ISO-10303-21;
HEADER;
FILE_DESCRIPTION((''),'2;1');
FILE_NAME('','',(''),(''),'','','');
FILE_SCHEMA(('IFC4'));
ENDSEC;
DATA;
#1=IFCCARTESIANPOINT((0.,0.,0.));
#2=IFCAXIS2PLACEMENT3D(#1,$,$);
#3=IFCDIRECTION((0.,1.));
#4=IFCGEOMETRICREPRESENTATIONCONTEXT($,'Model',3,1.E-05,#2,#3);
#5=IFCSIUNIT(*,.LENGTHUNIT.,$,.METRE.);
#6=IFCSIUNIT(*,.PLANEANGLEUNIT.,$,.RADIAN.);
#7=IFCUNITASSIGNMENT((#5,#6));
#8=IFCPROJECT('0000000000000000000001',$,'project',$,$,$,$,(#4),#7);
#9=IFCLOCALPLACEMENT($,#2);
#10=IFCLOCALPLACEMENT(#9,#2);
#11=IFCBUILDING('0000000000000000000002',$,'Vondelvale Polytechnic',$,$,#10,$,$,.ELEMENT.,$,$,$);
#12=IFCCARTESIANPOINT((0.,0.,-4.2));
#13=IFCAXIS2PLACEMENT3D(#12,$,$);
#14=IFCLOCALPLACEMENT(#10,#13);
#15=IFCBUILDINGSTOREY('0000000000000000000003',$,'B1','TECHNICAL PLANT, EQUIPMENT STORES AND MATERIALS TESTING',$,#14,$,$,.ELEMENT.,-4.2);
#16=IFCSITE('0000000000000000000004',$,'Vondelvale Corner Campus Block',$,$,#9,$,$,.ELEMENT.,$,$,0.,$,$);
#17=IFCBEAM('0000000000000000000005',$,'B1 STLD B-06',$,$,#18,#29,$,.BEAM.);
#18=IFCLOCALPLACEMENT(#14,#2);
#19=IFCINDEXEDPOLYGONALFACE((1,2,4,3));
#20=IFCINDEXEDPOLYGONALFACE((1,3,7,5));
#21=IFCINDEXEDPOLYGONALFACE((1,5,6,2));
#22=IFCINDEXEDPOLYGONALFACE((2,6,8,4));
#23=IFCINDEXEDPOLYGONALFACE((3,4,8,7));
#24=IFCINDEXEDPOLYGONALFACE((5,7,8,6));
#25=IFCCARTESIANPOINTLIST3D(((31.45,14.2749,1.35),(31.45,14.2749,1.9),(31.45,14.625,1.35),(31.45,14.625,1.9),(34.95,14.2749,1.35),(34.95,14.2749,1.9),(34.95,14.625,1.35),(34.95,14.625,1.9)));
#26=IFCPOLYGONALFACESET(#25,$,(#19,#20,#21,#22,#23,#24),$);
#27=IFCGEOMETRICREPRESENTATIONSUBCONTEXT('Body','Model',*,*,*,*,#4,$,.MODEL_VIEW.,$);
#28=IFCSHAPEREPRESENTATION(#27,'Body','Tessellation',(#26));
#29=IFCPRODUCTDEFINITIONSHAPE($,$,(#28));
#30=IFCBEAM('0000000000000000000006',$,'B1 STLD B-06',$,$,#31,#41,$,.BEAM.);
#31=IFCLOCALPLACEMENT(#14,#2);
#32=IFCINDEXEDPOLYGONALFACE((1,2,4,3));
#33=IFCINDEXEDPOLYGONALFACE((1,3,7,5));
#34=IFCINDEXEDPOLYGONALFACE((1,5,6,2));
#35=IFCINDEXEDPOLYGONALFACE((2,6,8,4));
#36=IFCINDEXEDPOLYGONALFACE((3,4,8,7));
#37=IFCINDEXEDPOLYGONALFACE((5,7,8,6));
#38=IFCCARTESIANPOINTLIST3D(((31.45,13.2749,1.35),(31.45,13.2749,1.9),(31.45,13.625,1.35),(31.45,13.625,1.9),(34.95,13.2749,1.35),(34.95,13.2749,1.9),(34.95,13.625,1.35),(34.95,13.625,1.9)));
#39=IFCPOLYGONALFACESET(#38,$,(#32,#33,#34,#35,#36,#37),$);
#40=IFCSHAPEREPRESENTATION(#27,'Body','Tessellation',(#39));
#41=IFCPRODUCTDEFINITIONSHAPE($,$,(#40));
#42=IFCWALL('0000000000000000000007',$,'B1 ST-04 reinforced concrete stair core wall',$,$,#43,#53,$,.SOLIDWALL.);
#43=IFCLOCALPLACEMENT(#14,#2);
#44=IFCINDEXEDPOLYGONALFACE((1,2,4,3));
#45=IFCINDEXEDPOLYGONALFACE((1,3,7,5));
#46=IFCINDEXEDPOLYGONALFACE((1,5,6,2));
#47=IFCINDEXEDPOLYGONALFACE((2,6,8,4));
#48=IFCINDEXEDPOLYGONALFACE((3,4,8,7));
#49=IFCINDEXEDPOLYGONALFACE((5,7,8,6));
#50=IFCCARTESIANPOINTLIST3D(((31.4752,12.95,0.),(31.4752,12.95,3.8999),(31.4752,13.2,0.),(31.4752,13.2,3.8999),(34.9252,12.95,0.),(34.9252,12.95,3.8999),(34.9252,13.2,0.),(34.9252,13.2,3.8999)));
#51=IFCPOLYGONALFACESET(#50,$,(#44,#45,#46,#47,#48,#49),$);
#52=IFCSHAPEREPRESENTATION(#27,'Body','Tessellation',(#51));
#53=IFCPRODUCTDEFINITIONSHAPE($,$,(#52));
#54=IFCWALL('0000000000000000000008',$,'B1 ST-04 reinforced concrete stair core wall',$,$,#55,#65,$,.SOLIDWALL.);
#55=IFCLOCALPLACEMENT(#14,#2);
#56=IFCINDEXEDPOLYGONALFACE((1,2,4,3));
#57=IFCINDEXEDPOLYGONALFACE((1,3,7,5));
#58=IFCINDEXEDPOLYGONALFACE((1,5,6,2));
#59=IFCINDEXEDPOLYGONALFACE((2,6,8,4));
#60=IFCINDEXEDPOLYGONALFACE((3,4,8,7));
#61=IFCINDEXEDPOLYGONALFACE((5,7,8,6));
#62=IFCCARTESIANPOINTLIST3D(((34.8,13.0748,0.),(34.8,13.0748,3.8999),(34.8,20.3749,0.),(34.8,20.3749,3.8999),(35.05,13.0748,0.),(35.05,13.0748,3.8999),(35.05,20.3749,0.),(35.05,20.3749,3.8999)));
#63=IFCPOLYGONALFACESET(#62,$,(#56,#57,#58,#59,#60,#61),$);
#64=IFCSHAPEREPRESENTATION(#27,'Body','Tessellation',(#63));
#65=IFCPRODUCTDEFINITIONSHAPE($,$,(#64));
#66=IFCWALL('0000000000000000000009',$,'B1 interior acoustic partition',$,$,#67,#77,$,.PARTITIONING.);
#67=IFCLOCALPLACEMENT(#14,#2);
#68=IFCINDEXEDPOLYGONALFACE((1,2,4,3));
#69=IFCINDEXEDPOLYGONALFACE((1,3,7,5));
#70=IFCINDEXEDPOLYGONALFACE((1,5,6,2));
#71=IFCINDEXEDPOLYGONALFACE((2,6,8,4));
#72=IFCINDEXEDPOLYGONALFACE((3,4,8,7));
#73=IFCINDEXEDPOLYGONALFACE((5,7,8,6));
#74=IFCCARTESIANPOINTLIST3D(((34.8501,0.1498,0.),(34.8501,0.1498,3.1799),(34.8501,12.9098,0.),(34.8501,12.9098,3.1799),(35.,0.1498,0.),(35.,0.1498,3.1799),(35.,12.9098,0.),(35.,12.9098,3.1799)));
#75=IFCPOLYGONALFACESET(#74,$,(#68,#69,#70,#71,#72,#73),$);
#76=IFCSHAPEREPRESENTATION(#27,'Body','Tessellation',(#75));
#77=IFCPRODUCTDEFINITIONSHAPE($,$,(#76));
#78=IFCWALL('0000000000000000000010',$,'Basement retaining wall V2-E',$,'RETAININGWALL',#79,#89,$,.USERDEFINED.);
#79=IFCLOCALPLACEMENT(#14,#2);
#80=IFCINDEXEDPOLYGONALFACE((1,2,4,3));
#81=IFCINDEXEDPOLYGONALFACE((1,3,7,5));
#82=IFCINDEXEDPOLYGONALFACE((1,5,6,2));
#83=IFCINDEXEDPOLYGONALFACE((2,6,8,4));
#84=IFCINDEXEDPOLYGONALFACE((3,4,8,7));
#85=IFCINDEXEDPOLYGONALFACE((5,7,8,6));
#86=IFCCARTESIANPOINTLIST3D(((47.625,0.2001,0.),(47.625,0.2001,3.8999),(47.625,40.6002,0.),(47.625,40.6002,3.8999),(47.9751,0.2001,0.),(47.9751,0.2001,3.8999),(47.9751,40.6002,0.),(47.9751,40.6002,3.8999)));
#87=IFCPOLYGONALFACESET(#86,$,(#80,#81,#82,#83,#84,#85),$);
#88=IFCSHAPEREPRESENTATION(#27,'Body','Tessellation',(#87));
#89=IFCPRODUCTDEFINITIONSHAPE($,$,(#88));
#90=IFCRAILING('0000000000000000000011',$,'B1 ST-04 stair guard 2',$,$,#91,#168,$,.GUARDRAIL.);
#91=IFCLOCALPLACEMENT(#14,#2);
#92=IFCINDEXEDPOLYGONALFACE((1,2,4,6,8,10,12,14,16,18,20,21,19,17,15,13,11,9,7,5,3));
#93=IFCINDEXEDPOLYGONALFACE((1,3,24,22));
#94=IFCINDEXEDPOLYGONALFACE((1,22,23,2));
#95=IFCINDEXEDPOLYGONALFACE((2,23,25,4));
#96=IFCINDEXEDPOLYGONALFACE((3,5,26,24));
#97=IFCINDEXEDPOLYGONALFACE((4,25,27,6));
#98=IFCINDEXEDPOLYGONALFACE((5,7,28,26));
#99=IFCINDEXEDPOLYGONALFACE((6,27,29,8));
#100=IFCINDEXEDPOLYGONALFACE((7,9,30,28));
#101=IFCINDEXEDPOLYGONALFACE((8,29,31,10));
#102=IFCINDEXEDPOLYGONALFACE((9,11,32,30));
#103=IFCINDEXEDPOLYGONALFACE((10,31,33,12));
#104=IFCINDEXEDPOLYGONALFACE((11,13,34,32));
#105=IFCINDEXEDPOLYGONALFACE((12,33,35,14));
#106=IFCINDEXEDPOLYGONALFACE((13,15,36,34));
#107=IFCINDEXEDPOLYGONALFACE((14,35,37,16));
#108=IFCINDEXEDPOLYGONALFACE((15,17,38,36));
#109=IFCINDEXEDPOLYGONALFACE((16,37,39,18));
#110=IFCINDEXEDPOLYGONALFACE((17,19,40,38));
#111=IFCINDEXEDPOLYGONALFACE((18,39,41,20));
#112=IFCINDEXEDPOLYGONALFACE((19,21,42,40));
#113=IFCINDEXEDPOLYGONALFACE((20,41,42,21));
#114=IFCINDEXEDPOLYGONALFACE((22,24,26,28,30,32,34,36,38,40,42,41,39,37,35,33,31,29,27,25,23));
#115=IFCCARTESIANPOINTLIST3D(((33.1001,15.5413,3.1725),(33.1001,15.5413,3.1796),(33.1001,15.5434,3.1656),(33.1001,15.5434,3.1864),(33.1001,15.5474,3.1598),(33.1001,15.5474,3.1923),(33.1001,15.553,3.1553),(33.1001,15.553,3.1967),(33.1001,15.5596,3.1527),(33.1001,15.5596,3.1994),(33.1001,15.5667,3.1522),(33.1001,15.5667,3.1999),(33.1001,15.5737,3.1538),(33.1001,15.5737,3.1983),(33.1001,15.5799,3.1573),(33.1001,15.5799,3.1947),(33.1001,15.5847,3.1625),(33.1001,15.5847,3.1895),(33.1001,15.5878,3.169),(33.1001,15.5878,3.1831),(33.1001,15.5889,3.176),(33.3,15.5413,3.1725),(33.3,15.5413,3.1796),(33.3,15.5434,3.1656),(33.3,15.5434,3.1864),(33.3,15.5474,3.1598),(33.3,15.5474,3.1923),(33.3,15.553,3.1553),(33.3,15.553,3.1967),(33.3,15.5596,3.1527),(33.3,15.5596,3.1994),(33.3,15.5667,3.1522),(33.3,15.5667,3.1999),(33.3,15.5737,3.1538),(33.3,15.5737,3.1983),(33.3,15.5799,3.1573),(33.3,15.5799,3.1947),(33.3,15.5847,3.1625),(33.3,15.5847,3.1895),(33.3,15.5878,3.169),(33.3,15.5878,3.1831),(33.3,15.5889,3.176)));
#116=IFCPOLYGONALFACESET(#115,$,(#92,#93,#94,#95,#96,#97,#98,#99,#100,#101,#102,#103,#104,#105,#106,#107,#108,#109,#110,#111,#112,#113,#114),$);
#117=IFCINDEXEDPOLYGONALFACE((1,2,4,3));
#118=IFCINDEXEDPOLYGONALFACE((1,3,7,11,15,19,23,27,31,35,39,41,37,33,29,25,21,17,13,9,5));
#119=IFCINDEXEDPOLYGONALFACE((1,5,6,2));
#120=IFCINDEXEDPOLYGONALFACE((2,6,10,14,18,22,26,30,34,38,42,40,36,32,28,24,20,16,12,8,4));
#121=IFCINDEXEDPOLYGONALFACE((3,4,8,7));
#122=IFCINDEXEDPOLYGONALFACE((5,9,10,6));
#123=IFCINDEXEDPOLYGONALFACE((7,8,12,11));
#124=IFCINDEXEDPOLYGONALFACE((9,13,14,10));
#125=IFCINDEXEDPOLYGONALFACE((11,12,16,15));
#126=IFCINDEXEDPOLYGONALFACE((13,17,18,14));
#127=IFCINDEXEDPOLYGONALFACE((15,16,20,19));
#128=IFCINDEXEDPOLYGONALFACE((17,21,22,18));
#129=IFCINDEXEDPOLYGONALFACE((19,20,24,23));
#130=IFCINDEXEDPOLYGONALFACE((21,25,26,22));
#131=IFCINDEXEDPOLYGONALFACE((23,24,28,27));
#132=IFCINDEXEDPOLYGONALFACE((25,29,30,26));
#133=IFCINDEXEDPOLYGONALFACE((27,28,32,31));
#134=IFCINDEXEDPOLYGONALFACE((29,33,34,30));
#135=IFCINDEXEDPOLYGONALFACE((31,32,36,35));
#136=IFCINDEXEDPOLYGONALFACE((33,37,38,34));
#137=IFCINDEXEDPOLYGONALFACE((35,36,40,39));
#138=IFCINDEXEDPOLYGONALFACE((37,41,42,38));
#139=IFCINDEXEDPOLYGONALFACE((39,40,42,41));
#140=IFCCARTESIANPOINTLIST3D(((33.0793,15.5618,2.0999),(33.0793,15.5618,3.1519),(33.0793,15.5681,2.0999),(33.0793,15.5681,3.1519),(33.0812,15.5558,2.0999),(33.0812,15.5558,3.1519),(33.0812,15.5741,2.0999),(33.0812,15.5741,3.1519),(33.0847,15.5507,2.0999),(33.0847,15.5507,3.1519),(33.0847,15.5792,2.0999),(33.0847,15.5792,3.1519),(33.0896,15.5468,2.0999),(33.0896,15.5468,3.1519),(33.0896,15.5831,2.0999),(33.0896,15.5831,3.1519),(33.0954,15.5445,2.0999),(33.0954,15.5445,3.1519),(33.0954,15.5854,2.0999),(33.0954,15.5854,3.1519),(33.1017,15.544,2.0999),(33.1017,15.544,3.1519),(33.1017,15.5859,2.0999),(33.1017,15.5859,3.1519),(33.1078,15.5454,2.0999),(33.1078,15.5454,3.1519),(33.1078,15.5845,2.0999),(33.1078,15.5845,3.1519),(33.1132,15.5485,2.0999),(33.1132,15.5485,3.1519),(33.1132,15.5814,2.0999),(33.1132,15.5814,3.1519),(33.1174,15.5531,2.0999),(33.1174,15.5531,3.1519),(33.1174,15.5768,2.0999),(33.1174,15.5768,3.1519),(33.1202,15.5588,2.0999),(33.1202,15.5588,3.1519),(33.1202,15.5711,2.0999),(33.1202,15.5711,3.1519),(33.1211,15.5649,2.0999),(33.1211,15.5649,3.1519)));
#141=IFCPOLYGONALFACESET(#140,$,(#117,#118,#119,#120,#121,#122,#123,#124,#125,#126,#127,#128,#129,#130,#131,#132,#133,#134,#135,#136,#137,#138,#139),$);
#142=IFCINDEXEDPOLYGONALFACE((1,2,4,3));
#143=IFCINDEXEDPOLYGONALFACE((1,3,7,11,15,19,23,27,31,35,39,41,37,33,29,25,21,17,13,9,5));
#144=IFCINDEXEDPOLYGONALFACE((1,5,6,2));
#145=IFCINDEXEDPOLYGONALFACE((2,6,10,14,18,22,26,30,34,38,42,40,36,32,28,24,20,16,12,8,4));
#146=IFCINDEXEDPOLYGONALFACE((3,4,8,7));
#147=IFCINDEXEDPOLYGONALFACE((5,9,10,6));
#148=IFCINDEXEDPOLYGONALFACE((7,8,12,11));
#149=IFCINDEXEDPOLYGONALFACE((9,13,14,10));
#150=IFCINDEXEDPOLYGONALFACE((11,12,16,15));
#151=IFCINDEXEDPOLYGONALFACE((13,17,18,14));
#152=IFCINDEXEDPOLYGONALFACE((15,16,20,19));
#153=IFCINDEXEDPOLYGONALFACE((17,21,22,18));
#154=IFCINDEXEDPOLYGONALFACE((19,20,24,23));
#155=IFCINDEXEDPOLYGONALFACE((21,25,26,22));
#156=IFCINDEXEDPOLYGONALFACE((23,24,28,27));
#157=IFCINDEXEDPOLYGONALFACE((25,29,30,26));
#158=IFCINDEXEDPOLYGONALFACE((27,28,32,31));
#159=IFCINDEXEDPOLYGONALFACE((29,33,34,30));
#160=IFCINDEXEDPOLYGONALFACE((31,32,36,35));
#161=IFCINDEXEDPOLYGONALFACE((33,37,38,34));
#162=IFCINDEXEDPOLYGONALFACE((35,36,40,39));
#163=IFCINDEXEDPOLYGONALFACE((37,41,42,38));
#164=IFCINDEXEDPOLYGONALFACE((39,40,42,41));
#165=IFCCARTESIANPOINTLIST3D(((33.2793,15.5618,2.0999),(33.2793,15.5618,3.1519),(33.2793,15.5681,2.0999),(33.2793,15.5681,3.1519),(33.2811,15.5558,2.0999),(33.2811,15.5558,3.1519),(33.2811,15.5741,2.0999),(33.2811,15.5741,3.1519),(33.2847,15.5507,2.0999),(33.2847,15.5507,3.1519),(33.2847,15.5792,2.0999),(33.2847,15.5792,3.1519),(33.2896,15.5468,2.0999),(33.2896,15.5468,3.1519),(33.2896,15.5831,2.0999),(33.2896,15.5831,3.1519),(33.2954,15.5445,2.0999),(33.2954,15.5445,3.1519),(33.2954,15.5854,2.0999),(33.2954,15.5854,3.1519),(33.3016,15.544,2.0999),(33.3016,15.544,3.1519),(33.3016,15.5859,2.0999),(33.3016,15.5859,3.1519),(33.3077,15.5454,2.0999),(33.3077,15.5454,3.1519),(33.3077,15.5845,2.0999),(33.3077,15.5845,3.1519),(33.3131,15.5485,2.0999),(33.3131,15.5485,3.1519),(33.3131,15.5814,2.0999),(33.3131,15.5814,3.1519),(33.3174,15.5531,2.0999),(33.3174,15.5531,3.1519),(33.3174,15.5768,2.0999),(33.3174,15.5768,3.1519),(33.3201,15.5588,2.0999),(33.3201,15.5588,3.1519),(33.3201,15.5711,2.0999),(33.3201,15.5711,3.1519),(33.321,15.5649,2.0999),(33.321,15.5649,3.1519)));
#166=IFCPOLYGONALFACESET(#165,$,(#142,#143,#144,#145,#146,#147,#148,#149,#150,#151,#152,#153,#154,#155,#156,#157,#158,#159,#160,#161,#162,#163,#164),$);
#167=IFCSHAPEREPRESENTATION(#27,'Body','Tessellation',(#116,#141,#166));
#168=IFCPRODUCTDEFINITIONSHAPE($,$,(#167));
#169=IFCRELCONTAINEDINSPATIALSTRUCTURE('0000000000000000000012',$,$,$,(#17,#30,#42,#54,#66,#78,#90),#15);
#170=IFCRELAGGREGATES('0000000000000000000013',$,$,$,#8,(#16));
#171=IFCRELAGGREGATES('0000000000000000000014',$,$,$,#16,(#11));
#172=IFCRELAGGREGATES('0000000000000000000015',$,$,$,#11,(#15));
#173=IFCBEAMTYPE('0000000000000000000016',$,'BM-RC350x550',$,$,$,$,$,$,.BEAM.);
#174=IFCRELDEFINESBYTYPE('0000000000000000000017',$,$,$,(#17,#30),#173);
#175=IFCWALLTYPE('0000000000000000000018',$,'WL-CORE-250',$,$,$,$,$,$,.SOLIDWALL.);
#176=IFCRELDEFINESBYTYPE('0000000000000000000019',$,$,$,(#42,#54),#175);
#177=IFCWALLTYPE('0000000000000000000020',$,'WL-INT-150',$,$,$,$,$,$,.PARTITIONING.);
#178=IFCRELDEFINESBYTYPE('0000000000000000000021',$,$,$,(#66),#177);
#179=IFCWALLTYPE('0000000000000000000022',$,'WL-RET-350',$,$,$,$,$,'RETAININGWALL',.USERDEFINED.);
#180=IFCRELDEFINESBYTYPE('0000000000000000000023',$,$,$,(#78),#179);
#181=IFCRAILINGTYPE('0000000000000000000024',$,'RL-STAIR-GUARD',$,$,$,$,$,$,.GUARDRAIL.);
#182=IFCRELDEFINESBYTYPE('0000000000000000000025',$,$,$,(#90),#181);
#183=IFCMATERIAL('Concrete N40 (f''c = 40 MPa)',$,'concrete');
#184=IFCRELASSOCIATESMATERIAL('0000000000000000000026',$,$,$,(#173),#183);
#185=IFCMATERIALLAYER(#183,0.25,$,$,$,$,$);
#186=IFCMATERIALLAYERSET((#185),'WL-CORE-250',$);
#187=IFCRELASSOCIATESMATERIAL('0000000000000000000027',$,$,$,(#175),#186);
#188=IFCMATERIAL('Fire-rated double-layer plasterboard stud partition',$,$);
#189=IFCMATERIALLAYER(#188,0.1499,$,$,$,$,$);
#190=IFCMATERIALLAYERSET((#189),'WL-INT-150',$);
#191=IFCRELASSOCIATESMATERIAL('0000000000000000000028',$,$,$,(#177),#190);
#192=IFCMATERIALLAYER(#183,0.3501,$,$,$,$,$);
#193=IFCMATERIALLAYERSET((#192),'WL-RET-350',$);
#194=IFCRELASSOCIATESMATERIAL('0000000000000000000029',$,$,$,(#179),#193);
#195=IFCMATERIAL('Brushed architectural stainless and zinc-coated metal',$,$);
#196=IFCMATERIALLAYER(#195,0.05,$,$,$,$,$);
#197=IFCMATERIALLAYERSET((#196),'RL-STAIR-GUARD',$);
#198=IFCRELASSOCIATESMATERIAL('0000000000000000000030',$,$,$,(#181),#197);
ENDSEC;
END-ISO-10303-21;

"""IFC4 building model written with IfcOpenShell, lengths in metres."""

from ifc_helpers import new_model, si_unit, direction, frame, frame_2d, origin, origin_2d, place, context, subcontext, project, spatial, rectangle, circle, extrude, material, layer, layer_set, material_profile, profile_set, type_object, element, save


model = new_model("IFC4")

# Units and contexts
model_context = context("Model", 3, precision=1e-05, world=origin(), true_north=direction((0.0, 1.0)))
body_context = subcontext(model_context, "Body", "Model", "MODEL_VIEW")
ifc_project = project(units=[si_unit("LENGTHUNIT", "METRE"), si_unit("PLANEANGLEUNIT", "RADIAN")], contexts=[model_context])

# Site, building, storey
site_placement = place(None, origin())
site = spatial("IfcSite", under=ifc_project, at=site_placement, Name="Vondelvale Corner Campus Block", CompositionType="ELEMENT", RefElevation=0.0)
building_placement = place(site_placement, origin())
building = spatial("IfcBuilding", under=site, at=building_placement, Name="Vondelvale Polytechnic", CompositionType="ELEMENT")
storey_placement = place(building_placement, frame((0.0, 0.0, -4.2)))
storey = spatial("IfcBuildingStorey", under=building, at=storey_placement, Name="B1", Description="TECHNICAL PLANT, EQUIPMENT STORES AND MATERIALS TESTING", CompositionType="ELEMENT", Elevation=-4.2)

# Shared definitions
ifc_material_1 = material(Name="Concrete N40 (f'c = 40 MPa)", Category="concrete")

# Beams
ifc_material_profile_1 = material_profile(ifc_material_1, rectangle(XDim=0.3501, YDim=0.55, at=origin_2d()), Name="RC-BM-350x550")
ifc_profile_set_1 = profile_set([ifc_material_profile_1], Name="Concrete N40 (f'c = 40 MPa)")
beam_type = type_object("IfcBeamType", Name="BM-RC350x550", PredefinedType="BEAM", material=ifc_profile_set_1)
for number, where, z_axis, x_axis, name in (
    (1, (31.45, 14.45, 1.625), (1.0, 0.0, 0.0), (0.0, 1.0, 0.0), "B1 STLD B-06"),
    (2, (31.45, 13.45, 1.625), (1.0, 0.0, 0.0), (0.0, 1.0, 0.0), "B1 STLD B-06"),
):
    element("IfcBeam", number, at=place(storey_placement, frame(where, z_axis=z_axis, x_axis=x_axis)), inside=storey, type_object=beam_type, Name=name, PredefinedType="BEAM", context=body_context, shape_type="SweptSolid", body=[
        extrude(rectangle(XDim=0.3501, YDim=0.55, at=origin_2d()), origin(), (0.0, 0.0, 1.0), 3.5),
    ])

# Walls
ifc_layer_1 = layer(ifc_material_1, 0.25)
ifc_layer_set_1 = layer_set([ifc_layer_1], Name="WL-CORE-250")
wall_type_1 = type_object("IfcWallType", Name="WL-CORE-250", PredefinedType="SOLIDWALL", material=ifc_layer_set_1)
wall_1_placement = place(storey_placement, frame((31.4751, 13.075, 0.0), z_axis=(0.0, 0.0, 1.0), x_axis=(1.0, 0.0, 0.0)))
element("IfcWall", 3, at=wall_1_placement, inside=storey, type_object=wall_type_1, Name="B1 ST-04 reinforced concrete stair core wall", PredefinedType="SOLIDWALL", context=body_context, shape_type="SweptSolid", body=[
    extrude(rectangle(XDim=3.45, YDim=0.25, at=frame_2d((1.7251, 0.0))), origin(), (0.0, 0.0, 1.0), 3.8999),
])
wall_2_placement = place(storey_placement, frame((34.925, 13.075, 0.0), z_axis=(0.0, 0.0, 1.0), x_axis=(0.0, 1.0, 0.0)))
element("IfcWall", 4, at=wall_2_placement, inside=storey, type_object=wall_type_1, Name="B1 ST-04 reinforced concrete stair core wall", PredefinedType="SOLIDWALL", context=body_context, shape_type="SweptSolid", body=[
    extrude(rectangle(XDim=7.3, YDim=0.25, at=frame_2d((3.6499, 0.0))), origin(), (0.0, 0.0, 1.0), 3.8999),
])
ifc_material_2 = material(Name="Fire-rated double-layer plasterboard stud partition")
ifc_layer_2 = layer(ifc_material_2, 0.1499)
ifc_layer_set_2 = layer_set([ifc_layer_2], Name="WL-INT-150")
wall_type_2 = type_object("IfcWallType", Name="WL-INT-150", PredefinedType="PARTITIONING", material=ifc_layer_set_2)
wall_3_placement = place(storey_placement, frame((34.925, 0.1499, 0.0), z_axis=(0.0, 0.0, 1.0), x_axis=(0.0, 1.0, 0.0)))
element("IfcWall", 5, at=wall_3_placement, inside=storey, type_object=wall_type_2, Name="B1 interior acoustic partition", PredefinedType="PARTITIONING", context=body_context, shape_type="SweptSolid", body=[
    extrude(rectangle(XDim=12.76, YDim=0.1499, at=frame_2d((6.3799, 0.0))), origin(), (0.0, 0.0, 1.0), 3.1799),
])
ifc_layer_3 = layer(ifc_material_1, 0.3501)
ifc_layer_set_3 = layer_set([ifc_layer_3], Name="WL-RET-350")
wall_type_3 = type_object("IfcWallType", Name="WL-RET-350", ElementType="RETAININGWALL", PredefinedType="USERDEFINED", material=ifc_layer_set_3)
wall_4_placement = place(storey_placement, frame((47.8, 0.2, 0.0), z_axis=(0.0, 0.0, 1.0), x_axis=(0.0, 1.0, 0.0)))
element("IfcWall", 6, at=wall_4_placement, inside=storey, type_object=wall_type_3, Name="Basement retaining wall V2-E", ObjectType="RETAININGWALL", PredefinedType="USERDEFINED", context=body_context, shape_type="SweptSolid", body=[
    extrude(rectangle(XDim=40.4001, YDim=0.3501, at=frame_2d((20.2002, 0.0))), origin(), (0.0, 0.0, 1.0), 3.8999),
])

# Railing
ifc_material_3 = material(Name="Brushed architectural stainless and zinc-coated metal")
ifc_layer_4 = layer(ifc_material_3, 0.05)
ifc_layer_set_4 = layer_set([ifc_layer_4], Name="RL-STAIR-GUARD")
railing_type = type_object("IfcRailingType", Name="RL-STAIR-GUARD", PredefinedType="GUARDRAIL", material=ifc_layer_set_4)
railing_1_placement = place(storey_placement, frame((33.1001, 15.5649, 2.0999)))
element("IfcRailing", 7, at=railing_1_placement, inside=storey, type_object=railing_type, Name="B1 ST-04 stair guard 2", PredefinedType="GUARDRAIL", context=body_context, shape_type="SweptSolid", body=[
    extrude(circle(Radius=0.0239, at=origin_2d()), frame((0.0, 0.0, 1.0762), z_axis=(1.0, 0.0, 0.0), x_axis=(0.0, 1.0, 0.0)), (0.0, 0.0, 1.0), 0.2),
    extrude(circle(Radius=0.021, at=origin_2d()), origin(), (0.0, 0.0, 1.0), 1.052),
    extrude(circle(Radius=0.021, at=origin_2d()), frame((0.2, 0.0, 0.0)), (0.0, 0.0, 1.0), 1.052),
])

save(model, "model.ifc")
